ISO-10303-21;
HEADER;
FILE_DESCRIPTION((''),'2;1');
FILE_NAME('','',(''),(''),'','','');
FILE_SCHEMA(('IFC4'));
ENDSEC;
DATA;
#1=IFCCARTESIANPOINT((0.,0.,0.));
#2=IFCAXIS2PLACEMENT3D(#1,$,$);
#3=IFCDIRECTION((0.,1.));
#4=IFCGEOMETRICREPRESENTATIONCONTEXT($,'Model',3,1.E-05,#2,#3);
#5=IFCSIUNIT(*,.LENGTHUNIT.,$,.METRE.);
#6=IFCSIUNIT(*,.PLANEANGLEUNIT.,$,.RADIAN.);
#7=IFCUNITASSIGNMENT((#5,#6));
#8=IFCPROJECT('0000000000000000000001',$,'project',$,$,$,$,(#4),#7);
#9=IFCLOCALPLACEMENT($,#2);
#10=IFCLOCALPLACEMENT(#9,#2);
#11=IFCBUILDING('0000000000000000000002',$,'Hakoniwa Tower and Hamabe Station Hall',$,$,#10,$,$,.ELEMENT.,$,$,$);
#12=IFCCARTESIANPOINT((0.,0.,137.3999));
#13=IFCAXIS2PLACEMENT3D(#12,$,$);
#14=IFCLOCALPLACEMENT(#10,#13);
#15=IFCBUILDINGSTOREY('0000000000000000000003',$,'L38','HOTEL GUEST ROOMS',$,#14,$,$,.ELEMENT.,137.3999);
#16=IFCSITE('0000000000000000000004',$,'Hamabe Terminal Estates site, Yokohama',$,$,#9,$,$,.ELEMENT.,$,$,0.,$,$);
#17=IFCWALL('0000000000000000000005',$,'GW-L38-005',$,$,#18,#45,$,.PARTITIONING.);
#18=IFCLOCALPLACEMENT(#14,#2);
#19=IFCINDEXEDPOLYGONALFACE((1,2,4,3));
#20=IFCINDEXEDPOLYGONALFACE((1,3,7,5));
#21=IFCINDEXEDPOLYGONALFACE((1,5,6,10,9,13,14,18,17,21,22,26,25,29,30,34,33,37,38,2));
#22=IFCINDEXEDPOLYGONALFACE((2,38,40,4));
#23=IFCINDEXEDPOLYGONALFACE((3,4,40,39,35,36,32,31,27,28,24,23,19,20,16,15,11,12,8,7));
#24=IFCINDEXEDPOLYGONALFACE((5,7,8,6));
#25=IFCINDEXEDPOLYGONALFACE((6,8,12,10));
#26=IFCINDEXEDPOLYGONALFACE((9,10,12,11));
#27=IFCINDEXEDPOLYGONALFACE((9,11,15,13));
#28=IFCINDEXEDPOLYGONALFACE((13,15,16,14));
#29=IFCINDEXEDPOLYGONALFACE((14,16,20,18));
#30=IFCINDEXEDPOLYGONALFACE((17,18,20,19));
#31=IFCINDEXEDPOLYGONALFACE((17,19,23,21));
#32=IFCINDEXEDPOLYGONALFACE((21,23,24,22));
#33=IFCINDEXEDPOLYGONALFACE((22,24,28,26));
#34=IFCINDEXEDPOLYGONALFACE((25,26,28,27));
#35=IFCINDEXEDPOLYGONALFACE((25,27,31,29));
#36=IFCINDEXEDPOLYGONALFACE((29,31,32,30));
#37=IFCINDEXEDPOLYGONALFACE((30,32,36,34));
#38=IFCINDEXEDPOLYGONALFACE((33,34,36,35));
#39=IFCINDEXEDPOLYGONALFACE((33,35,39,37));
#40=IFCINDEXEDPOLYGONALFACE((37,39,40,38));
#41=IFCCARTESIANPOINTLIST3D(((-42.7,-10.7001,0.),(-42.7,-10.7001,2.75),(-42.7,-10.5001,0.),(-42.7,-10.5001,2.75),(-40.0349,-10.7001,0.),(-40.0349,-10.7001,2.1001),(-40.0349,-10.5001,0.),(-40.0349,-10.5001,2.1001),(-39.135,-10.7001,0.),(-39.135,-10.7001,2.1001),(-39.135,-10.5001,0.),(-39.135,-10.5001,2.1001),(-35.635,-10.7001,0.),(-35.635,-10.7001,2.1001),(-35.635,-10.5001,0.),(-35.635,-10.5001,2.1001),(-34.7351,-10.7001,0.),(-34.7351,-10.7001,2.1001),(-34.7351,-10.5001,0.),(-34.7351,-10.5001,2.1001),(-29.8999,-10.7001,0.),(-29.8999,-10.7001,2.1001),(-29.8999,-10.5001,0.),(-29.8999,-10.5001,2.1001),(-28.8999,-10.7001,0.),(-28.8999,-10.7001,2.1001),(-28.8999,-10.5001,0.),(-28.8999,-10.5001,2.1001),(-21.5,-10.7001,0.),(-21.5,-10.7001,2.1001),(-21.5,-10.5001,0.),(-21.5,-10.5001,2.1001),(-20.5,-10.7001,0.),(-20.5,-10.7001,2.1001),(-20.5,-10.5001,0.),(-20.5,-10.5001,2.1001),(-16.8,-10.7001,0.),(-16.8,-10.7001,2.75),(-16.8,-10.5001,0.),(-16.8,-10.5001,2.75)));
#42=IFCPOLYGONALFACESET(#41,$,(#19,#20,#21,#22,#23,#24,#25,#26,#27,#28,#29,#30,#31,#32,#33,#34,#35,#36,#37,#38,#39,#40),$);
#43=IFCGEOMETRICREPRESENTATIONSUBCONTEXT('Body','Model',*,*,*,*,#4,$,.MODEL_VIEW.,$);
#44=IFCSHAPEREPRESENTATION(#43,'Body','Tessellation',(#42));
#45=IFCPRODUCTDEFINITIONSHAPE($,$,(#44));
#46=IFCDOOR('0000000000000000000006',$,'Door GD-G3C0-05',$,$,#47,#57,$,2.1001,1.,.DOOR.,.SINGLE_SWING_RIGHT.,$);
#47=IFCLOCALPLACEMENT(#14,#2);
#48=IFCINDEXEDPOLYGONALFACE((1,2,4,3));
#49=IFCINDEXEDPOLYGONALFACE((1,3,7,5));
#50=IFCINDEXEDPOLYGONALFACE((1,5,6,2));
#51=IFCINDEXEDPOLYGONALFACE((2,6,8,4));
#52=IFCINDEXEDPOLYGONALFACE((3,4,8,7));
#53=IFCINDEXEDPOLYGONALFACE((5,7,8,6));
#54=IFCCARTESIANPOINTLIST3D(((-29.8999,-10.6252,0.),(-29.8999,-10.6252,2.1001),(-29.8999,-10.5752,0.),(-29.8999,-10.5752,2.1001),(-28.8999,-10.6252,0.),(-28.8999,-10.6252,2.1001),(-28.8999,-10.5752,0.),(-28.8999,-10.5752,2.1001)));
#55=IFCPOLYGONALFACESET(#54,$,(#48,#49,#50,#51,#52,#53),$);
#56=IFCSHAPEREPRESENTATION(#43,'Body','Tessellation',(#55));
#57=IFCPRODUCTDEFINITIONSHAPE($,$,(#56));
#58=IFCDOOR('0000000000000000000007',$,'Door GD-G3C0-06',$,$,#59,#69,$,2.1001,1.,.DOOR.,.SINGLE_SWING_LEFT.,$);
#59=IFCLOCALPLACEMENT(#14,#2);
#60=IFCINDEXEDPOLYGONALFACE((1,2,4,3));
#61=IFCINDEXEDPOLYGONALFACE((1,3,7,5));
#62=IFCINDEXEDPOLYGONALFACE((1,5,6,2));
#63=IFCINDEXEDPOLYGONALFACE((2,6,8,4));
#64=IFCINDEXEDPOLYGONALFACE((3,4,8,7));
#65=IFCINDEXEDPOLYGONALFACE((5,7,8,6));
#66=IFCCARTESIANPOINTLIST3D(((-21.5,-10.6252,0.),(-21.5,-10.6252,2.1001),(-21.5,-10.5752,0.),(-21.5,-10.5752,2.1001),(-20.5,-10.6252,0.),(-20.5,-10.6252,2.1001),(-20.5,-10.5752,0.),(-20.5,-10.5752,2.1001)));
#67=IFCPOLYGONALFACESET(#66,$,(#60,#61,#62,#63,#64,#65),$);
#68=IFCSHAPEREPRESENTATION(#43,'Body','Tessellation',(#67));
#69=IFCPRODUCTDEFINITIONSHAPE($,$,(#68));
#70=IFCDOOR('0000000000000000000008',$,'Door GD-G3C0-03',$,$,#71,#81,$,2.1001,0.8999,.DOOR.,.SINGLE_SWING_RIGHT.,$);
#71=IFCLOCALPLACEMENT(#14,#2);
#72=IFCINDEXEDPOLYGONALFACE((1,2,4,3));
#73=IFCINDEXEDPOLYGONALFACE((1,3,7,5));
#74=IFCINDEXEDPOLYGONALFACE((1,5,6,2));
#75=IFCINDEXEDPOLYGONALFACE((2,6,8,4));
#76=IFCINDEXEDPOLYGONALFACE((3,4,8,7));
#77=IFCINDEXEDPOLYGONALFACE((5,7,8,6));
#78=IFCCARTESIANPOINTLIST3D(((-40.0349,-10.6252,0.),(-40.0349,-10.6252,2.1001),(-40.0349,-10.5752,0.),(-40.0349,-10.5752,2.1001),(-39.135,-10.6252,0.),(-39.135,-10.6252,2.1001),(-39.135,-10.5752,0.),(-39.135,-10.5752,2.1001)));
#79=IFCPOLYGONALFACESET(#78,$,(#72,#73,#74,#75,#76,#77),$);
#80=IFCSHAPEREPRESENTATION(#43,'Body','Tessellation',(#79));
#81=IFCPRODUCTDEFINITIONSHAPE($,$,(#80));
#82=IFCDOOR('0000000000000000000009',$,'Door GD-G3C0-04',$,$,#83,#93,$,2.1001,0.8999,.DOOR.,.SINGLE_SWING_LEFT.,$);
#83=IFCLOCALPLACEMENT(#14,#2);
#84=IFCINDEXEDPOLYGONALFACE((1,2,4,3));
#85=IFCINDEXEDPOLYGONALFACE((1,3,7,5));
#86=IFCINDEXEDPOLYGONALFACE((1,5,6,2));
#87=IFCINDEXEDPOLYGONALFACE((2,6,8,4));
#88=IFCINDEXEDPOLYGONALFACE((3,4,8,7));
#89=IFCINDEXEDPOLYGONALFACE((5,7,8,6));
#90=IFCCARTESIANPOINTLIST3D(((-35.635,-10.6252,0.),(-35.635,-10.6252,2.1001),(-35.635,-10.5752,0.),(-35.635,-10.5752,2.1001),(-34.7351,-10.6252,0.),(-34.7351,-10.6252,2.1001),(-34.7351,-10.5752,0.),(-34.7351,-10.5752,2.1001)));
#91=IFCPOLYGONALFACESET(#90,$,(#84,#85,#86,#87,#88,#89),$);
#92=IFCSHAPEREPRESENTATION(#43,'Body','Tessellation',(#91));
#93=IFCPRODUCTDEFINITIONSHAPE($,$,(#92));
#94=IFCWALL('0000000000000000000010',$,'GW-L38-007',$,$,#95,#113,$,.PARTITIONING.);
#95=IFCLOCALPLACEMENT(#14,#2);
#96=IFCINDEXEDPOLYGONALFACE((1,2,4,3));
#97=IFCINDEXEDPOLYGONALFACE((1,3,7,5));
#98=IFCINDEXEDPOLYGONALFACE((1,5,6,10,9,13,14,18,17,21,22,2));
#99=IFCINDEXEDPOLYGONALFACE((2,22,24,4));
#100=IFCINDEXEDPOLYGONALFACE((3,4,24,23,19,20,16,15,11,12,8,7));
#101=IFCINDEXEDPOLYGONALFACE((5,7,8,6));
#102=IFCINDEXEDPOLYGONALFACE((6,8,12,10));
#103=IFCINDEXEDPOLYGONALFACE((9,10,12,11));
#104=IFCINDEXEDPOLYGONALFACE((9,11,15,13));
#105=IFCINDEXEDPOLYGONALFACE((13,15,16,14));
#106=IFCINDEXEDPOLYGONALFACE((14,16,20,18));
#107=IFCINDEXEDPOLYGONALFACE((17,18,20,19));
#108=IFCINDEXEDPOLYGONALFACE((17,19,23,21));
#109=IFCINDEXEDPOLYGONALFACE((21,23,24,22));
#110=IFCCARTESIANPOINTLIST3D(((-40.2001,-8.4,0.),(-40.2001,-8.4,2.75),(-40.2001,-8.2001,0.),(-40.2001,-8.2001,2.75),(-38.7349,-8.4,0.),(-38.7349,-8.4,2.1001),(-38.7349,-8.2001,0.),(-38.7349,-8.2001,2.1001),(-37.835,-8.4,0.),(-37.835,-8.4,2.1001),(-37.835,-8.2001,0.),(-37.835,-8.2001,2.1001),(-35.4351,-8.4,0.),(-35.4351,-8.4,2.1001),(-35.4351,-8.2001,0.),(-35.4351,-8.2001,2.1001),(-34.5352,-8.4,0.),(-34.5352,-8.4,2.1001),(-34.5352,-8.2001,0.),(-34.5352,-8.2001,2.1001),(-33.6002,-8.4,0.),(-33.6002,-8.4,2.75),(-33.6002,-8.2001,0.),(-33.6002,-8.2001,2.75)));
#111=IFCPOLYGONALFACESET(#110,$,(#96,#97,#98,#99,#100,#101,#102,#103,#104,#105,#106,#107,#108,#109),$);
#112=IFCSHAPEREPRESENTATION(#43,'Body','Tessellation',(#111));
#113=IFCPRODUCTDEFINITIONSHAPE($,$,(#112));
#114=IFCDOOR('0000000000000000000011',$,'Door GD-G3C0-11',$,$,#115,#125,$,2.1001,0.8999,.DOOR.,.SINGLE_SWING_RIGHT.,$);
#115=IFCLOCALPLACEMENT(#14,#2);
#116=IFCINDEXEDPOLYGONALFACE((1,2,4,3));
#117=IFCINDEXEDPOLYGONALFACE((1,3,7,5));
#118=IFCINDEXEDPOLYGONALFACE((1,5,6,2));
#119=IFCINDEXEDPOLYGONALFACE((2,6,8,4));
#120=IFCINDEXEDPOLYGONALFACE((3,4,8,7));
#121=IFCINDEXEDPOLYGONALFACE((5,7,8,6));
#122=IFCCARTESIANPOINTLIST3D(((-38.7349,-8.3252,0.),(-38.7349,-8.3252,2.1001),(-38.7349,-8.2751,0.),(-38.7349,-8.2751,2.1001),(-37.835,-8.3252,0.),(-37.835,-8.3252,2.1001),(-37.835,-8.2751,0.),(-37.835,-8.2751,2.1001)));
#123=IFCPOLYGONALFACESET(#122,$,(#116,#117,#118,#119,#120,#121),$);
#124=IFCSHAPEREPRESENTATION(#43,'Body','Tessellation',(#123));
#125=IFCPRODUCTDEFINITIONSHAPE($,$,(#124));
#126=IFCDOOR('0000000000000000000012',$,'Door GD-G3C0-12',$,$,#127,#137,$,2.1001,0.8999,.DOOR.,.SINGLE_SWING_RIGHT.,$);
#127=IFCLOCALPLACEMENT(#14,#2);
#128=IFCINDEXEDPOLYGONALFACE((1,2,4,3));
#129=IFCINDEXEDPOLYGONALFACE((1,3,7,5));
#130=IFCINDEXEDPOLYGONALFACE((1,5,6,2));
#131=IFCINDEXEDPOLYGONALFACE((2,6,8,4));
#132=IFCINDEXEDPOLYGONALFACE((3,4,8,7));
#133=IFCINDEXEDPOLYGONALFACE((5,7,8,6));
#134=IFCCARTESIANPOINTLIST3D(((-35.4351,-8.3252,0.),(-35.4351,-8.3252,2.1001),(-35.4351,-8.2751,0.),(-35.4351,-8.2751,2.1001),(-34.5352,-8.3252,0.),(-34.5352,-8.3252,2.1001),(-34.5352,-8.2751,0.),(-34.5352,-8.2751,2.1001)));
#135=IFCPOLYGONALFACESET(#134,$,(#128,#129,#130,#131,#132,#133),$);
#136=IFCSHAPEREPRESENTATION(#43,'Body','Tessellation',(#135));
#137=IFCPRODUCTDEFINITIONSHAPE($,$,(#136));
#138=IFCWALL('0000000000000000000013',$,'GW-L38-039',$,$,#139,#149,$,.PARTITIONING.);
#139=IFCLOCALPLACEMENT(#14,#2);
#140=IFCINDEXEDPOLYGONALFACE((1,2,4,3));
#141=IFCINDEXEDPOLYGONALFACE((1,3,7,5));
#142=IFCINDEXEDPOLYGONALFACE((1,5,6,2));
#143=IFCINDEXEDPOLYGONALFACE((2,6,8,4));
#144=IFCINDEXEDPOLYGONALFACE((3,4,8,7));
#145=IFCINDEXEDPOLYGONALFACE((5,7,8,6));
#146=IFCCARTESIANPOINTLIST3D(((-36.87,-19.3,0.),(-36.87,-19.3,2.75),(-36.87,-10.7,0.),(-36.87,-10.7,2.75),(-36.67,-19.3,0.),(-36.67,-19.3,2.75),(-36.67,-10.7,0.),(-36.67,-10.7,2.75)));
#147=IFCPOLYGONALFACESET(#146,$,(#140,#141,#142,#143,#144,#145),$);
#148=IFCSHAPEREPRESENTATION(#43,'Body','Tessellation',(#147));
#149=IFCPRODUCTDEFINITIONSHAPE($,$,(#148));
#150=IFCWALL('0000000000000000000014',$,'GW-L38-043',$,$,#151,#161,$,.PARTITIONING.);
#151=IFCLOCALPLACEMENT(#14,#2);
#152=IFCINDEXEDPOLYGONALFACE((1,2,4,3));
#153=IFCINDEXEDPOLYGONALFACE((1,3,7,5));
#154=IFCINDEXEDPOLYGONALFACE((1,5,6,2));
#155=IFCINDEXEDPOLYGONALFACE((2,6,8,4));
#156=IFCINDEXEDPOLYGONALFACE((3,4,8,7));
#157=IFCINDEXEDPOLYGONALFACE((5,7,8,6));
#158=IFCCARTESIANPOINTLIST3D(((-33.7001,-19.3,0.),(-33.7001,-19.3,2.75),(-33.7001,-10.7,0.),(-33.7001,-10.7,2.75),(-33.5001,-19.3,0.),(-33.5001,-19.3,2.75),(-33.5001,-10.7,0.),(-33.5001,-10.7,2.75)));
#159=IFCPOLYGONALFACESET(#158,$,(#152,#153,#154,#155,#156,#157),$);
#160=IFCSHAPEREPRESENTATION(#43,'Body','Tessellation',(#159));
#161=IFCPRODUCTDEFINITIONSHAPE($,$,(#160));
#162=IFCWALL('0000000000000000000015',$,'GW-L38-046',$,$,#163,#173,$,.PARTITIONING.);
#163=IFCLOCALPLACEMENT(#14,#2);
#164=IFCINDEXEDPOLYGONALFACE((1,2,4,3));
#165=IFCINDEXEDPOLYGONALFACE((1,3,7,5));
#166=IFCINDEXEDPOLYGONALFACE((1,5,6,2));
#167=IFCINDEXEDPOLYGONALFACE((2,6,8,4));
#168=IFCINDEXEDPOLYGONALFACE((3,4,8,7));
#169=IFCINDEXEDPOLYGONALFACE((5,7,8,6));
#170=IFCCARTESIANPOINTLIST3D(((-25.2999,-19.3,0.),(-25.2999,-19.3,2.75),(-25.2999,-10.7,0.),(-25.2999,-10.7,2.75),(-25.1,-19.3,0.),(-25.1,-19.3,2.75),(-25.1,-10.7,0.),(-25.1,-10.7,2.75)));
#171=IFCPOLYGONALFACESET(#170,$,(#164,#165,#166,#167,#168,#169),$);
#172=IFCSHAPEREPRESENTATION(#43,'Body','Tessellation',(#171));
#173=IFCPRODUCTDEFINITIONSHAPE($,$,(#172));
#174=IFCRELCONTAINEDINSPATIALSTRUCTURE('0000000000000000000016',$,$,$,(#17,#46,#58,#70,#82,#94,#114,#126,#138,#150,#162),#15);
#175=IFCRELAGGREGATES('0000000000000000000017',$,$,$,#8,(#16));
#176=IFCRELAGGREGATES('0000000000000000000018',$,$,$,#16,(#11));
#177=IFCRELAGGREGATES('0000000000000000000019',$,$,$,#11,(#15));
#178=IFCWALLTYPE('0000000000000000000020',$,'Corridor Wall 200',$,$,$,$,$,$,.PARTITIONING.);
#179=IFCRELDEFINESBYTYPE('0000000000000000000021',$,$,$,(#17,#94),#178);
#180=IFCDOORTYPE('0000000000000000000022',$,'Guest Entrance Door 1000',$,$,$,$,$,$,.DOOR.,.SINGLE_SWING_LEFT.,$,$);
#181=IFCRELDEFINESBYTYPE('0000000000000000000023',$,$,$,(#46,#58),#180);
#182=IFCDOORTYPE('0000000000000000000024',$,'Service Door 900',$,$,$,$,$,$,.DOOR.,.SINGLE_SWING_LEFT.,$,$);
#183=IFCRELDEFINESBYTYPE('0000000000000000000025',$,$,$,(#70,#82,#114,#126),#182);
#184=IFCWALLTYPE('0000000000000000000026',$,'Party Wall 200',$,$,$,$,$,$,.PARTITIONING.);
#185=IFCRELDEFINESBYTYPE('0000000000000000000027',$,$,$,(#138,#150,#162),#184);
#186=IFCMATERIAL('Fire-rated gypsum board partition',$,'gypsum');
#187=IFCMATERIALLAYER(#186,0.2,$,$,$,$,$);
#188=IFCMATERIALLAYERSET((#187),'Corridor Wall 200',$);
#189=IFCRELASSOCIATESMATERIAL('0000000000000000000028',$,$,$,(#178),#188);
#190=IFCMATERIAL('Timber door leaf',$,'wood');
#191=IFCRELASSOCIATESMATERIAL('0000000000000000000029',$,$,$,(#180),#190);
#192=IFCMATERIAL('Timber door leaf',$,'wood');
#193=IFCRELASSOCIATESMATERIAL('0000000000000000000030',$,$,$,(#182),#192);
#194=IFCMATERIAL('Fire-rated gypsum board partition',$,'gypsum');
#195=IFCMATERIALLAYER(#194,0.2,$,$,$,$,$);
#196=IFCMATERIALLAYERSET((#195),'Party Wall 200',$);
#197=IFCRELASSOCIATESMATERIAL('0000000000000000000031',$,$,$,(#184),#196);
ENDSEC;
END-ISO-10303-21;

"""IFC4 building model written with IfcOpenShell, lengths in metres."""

from ifc_helpers import new_model, si_unit, direction, frame, frame_2d, origin, place, context, subcontext, project, spatial, rectangle, extrude, material, layer, layer_set, type_object, element, fill, save


model = new_model("IFC4")

# Units and contexts
model_context = context("Model", 3, precision=1e-05, world=origin(), true_north=direction((0.0, 1.0)))
body_context = subcontext(model_context, "Body", "Model", "MODEL_VIEW")
ifc_project = project(units=[si_unit("LENGTHUNIT", "METRE"), si_unit("PLANEANGLEUNIT", "RADIAN")], contexts=[model_context])

# Site, building, storey
site_placement = place(None, origin())
site = spatial("IfcSite", under=ifc_project, at=site_placement, Name="Hamabe Terminal Estates site, Yokohama", CompositionType="ELEMENT", RefElevation=0.0)
building_placement = place(site_placement, origin())
building = spatial("IfcBuilding", under=site, at=building_placement, Name="Hakoniwa Tower and Hamabe Station Hall", CompositionType="ELEMENT")
storey_placement = place(building_placement, frame((0.0, 0.0, 137.3999)))
storey = spatial("IfcBuildingStorey", under=building, at=storey_placement, Name="L38", Description="HOTEL GUEST ROOMS", CompositionType="ELEMENT", Elevation=137.3999)

# Walls, openings, doors
ifc_material_1 = material(Name="Fire-rated gypsum board partition", Category="gypsum")
ifc_layer_1 = layer(ifc_material_1, 0.2)
ifc_layer_set_1 = layer_set([ifc_layer_1], Name="Corridor Wall 200")
wall_type_1 = type_object("IfcWallType", Name="Corridor Wall 200", PredefinedType="PARTITIONING", material=ifc_layer_set_1)
wall_1_placement = place(storey_placement, frame((-42.7, -10.6001, 0.0), z_axis=(0.0, 0.0, 1.0), x_axis=(1.0, 0.0, 0.0)))
wall_1 = element("IfcWall", 1, at=wall_1_placement, inside=storey, type_object=wall_type_1, Name="GW-L38-005", PredefinedType="PARTITIONING", context=body_context, shape_type="SweptSolid", body=[
    extrude(rectangle(XDim=25.8999, YDim=0.2, at=frame_2d((12.95, 0.0))), origin(), (0.0, 0.0, 1.0), 2.75),
])
opening_1_placement = place(wall_1_placement, frame((2.665, 0.0, 0.0)))
opening_1 = element("IfcOpeningElement", 2, at=opening_1_placement, cuts=wall_1, PredefinedType="OPENING", context=body_context, shape_type="SweptSolid", body=[
    extrude(rectangle(XDim=0.8999, YDim=2.1001, at=frame_2d((0.45, 1.05))), frame((0.0, 0.1099, 0.0), z_axis=(0.0, -1.0, 0.0), x_axis=(1.0, 0.0, 0.0)), (0.0, 0.0, 1.0), 0.22),
])
opening_2_placement = place(wall_1_placement, frame((7.0649, 0.0, 0.0)))
opening_2 = element("IfcOpeningElement", 3, at=opening_2_placement, cuts=wall_1, PredefinedType="OPENING", context=body_context, shape_type="SweptSolid", body=[
    extrude(rectangle(XDim=0.8999, YDim=2.1001, at=frame_2d((0.45, 1.05))), frame((0.0, 0.1099, 0.0), z_axis=(0.0, -1.0, 0.0), x_axis=(1.0, 0.0, 0.0)), (0.0, 0.0, 1.0), 0.22),
])
opening_3_placement = place(wall_1_placement, frame((12.8, 0.0, 0.0)))
opening_3 = element("IfcOpeningElement", 4, at=opening_3_placement, cuts=wall_1, PredefinedType="OPENING", context=body_context, shape_type="SweptSolid", body=[
    extrude(rectangle(XDim=1.0, YDim=2.1001, at=frame_2d((0.5, 1.05))), frame((0.0, 0.1099, 0.0), z_axis=(0.0, -1.0, 0.0), x_axis=(1.0, 0.0, 0.0)), (0.0, 0.0, 1.0), 0.22),
])
opening_4_placement = place(wall_1_placement, frame((21.2, 0.0, 0.0)))
opening_4 = element("IfcOpeningElement", 5, at=opening_4_placement, cuts=wall_1, PredefinedType="OPENING", context=body_context, shape_type="SweptSolid", body=[
    extrude(rectangle(XDim=1.0, YDim=2.1001, at=frame_2d((0.5, 1.05))), frame((0.0, 0.1099, 0.0), z_axis=(0.0, -1.0, 0.0), x_axis=(1.0, 0.0, 0.0)), (0.0, 0.0, 1.0), 0.22),
])
ifc_material_2 = material(Name="Timber door leaf", Category="wood")
door_type_1 = type_object("IfcDoorType", Name="Guest Entrance Door 1000", OperationType="SINGLE_SWING_LEFT", PredefinedType="DOOR", material=ifc_material_2)
door_1_placement = place(opening_3_placement, origin())
door_1 = element("IfcDoor", 6, at=door_1_placement, inside=storey, type_object=door_type_1, Name="Door GD-G3C0-05", OperationType="SINGLE_SWING_RIGHT", OverallHeight=2.1001, OverallWidth=1.0, PredefinedType="DOOR", context=body_context, shape_type="SweptSolid", body=[
    extrude(rectangle(XDim=1.0, YDim=2.1001, at=frame_2d((0.5, 1.05))), frame((0.0, 0.0249, 0.0), z_axis=(0.0, -1.0, 0.0), x_axis=(1.0, 0.0, 0.0)), (0.0, 0.0, 1.0), 0.05),
])
fill(opening_3, door_1)
door_2_placement = place(opening_4_placement, origin())
door_2 = element("IfcDoor", 7, at=door_2_placement, inside=storey, type_object=door_type_1, Name="Door GD-G3C0-06", OperationType="SINGLE_SWING_LEFT", OverallHeight=2.1001, OverallWidth=1.0, PredefinedType="DOOR", context=body_context, shape_type="SweptSolid", body=[
    extrude(rectangle(XDim=1.0, YDim=2.1001, at=frame_2d((0.5, 1.05))), frame((0.0, 0.0249, 0.0), z_axis=(0.0, -1.0, 0.0), x_axis=(1.0, 0.0, 0.0)), (0.0, 0.0, 1.0), 0.05),
])
fill(opening_4, door_2)
ifc_material_3 = material(Name="Timber door leaf", Category="wood")
door_type_2 = type_object("IfcDoorType", Name="Service Door 900", OperationType="SINGLE_SWING_LEFT", PredefinedType="DOOR", material=ifc_material_3)
door_3_placement = place(opening_1_placement, origin())
door_3 = element("IfcDoor", 8, at=door_3_placement, inside=storey, type_object=door_type_2, Name="Door GD-G3C0-03", OperationType="SINGLE_SWING_RIGHT", OverallHeight=2.1001, OverallWidth=0.8999, PredefinedType="DOOR", context=body_context, shape_type="SweptSolid", body=[
    extrude(rectangle(XDim=0.8999, YDim=2.1001, at=frame_2d((0.45, 1.05))), frame((0.0, 0.0249, 0.0), z_axis=(0.0, -1.0, 0.0), x_axis=(1.0, 0.0, 0.0)), (0.0, 0.0, 1.0), 0.05),
])
fill(opening_1, door_3)
door_4_placement = place(opening_2_placement, origin())
door_4 = element("IfcDoor", 9, at=door_4_placement, inside=storey, type_object=door_type_2, Name="Door GD-G3C0-04", OperationType="SINGLE_SWING_LEFT", OverallHeight=2.1001, OverallWidth=0.8999, PredefinedType="DOOR", context=body_context, shape_type="SweptSolid", body=[
    extrude(rectangle(XDim=0.8999, YDim=2.1001, at=frame_2d((0.45, 1.05))), frame((0.0, 0.0249, 0.0), z_axis=(0.0, -1.0, 0.0), x_axis=(1.0, 0.0, 0.0)), (0.0, 0.0, 1.0), 0.05),
])
fill(opening_2, door_4)
wall_2_placement = place(storey_placement, frame((-40.2, -8.3, 0.0), z_axis=(0.0, 0.0, 1.0), x_axis=(1.0, 0.0, 0.0)))
wall_2 = element("IfcWall", 10, at=wall_2_placement, inside=storey, type_object=wall_type_1, Name="GW-L38-007", PredefinedType="PARTITIONING", context=body_context, shape_type="SweptSolid", body=[
    extrude(rectangle(XDim=6.5999, YDim=0.2, at=frame_2d((3.2998, 0.0))), origin(), (0.0, 0.0, 1.0), 2.75),
])
opening_5_placement = place(wall_2_placement, frame((1.4651, 0.0, 0.0)))
opening_5 = element("IfcOpeningElement", 11, at=opening_5_placement, cuts=wall_2, PredefinedType="OPENING", context=body_context, shape_type="SweptSolid", body=[
    extrude(rectangle(XDim=0.8999, YDim=2.1001, at=frame_2d((0.45, 1.05))), frame((0.0, 0.1099, 0.0), z_axis=(0.0, -1.0, 0.0), x_axis=(1.0, 0.0, 0.0)), (0.0, 0.0, 1.0), 0.22),
])
opening_6_placement = place(wall_2_placement, frame((4.7649, 0.0, 0.0)))
opening_6 = element("IfcOpeningElement", 12, at=opening_6_placement, cuts=wall_2, PredefinedType="OPENING", context=body_context, shape_type="SweptSolid", body=[
    extrude(rectangle(XDim=0.8999, YDim=2.1001, at=frame_2d((0.45, 1.05))), frame((0.0, 0.1099, 0.0), z_axis=(0.0, -1.0, 0.0), x_axis=(1.0, 0.0, 0.0)), (0.0, 0.0, 1.0), 0.22),
])
door_5_placement = place(opening_5_placement, origin())
door_5 = element("IfcDoor", 13, at=door_5_placement, inside=storey, type_object=door_type_2, Name="Door GD-G3C0-11", OperationType="SINGLE_SWING_RIGHT", OverallHeight=2.1001, OverallWidth=0.8999, PredefinedType="DOOR", context=body_context, shape_type="SweptSolid", body=[
    extrude(rectangle(XDim=0.8999, YDim=2.1001, at=frame_2d((0.45, 1.05))), frame((0.0, 0.0249, 0.0), z_axis=(0.0, -1.0, 0.0), x_axis=(1.0, 0.0, 0.0)), (0.0, 0.0, 1.0), 0.05),
])
fill(opening_5, door_5)
door_6_placement = place(opening_6_placement, origin())
door_6 = element("IfcDoor", 14, at=door_6_placement, inside=storey, type_object=door_type_2, Name="Door GD-G3C0-12", OperationType="SINGLE_SWING_RIGHT", OverallHeight=2.1001, OverallWidth=0.8999, PredefinedType="DOOR", context=body_context, shape_type="SweptSolid", body=[
    extrude(rectangle(XDim=0.8999, YDim=2.1001, at=frame_2d((0.45, 1.05))), frame((0.0, 0.0249, 0.0), z_axis=(0.0, -1.0, 0.0), x_axis=(1.0, 0.0, 0.0)), (0.0, 0.0, 1.0), 0.05),
])
fill(opening_6, door_6)

# Walls
ifc_material_4 = material(Name="Fire-rated gypsum board partition", Category="gypsum")
ifc_layer_2 = layer(ifc_material_4, 0.2)
ifc_layer_set_2 = layer_set([ifc_layer_2], Name="Party Wall 200")
wall_type_2 = type_object("IfcWallType", Name="Party Wall 200", PredefinedType="PARTITIONING", material=ifc_layer_set_2)
for number, where, z_axis, x_axis, name in (
    (15, (-36.77, -19.3, 0.0), (0.0, 0.0, 1.0), (0.0, 1.0, 0.0), "GW-L38-039"),
    (16, (-33.6001, -19.3, 0.0), (0.0, 0.0, 1.0), (0.0, 1.0, 0.0), "GW-L38-043"),
    (17, (-25.2, -19.3, 0.0), (0.0, 0.0, 1.0), (0.0, 1.0, 0.0), "GW-L38-046"),
):
    element("IfcWall", number, at=place(storey_placement, frame(where, z_axis=z_axis, x_axis=x_axis)), inside=storey, type_object=wall_type_2, Name=name, PredefinedType="PARTITIONING", context=body_context, shape_type="SweptSolid", body=[
        extrude(rectangle(XDim=8.6001, YDim=0.2, at=frame_2d((4.3, 0.0))), origin(), (0.0, 0.0, 1.0), 2.75),
    ])

save(model, "model.ifc")
